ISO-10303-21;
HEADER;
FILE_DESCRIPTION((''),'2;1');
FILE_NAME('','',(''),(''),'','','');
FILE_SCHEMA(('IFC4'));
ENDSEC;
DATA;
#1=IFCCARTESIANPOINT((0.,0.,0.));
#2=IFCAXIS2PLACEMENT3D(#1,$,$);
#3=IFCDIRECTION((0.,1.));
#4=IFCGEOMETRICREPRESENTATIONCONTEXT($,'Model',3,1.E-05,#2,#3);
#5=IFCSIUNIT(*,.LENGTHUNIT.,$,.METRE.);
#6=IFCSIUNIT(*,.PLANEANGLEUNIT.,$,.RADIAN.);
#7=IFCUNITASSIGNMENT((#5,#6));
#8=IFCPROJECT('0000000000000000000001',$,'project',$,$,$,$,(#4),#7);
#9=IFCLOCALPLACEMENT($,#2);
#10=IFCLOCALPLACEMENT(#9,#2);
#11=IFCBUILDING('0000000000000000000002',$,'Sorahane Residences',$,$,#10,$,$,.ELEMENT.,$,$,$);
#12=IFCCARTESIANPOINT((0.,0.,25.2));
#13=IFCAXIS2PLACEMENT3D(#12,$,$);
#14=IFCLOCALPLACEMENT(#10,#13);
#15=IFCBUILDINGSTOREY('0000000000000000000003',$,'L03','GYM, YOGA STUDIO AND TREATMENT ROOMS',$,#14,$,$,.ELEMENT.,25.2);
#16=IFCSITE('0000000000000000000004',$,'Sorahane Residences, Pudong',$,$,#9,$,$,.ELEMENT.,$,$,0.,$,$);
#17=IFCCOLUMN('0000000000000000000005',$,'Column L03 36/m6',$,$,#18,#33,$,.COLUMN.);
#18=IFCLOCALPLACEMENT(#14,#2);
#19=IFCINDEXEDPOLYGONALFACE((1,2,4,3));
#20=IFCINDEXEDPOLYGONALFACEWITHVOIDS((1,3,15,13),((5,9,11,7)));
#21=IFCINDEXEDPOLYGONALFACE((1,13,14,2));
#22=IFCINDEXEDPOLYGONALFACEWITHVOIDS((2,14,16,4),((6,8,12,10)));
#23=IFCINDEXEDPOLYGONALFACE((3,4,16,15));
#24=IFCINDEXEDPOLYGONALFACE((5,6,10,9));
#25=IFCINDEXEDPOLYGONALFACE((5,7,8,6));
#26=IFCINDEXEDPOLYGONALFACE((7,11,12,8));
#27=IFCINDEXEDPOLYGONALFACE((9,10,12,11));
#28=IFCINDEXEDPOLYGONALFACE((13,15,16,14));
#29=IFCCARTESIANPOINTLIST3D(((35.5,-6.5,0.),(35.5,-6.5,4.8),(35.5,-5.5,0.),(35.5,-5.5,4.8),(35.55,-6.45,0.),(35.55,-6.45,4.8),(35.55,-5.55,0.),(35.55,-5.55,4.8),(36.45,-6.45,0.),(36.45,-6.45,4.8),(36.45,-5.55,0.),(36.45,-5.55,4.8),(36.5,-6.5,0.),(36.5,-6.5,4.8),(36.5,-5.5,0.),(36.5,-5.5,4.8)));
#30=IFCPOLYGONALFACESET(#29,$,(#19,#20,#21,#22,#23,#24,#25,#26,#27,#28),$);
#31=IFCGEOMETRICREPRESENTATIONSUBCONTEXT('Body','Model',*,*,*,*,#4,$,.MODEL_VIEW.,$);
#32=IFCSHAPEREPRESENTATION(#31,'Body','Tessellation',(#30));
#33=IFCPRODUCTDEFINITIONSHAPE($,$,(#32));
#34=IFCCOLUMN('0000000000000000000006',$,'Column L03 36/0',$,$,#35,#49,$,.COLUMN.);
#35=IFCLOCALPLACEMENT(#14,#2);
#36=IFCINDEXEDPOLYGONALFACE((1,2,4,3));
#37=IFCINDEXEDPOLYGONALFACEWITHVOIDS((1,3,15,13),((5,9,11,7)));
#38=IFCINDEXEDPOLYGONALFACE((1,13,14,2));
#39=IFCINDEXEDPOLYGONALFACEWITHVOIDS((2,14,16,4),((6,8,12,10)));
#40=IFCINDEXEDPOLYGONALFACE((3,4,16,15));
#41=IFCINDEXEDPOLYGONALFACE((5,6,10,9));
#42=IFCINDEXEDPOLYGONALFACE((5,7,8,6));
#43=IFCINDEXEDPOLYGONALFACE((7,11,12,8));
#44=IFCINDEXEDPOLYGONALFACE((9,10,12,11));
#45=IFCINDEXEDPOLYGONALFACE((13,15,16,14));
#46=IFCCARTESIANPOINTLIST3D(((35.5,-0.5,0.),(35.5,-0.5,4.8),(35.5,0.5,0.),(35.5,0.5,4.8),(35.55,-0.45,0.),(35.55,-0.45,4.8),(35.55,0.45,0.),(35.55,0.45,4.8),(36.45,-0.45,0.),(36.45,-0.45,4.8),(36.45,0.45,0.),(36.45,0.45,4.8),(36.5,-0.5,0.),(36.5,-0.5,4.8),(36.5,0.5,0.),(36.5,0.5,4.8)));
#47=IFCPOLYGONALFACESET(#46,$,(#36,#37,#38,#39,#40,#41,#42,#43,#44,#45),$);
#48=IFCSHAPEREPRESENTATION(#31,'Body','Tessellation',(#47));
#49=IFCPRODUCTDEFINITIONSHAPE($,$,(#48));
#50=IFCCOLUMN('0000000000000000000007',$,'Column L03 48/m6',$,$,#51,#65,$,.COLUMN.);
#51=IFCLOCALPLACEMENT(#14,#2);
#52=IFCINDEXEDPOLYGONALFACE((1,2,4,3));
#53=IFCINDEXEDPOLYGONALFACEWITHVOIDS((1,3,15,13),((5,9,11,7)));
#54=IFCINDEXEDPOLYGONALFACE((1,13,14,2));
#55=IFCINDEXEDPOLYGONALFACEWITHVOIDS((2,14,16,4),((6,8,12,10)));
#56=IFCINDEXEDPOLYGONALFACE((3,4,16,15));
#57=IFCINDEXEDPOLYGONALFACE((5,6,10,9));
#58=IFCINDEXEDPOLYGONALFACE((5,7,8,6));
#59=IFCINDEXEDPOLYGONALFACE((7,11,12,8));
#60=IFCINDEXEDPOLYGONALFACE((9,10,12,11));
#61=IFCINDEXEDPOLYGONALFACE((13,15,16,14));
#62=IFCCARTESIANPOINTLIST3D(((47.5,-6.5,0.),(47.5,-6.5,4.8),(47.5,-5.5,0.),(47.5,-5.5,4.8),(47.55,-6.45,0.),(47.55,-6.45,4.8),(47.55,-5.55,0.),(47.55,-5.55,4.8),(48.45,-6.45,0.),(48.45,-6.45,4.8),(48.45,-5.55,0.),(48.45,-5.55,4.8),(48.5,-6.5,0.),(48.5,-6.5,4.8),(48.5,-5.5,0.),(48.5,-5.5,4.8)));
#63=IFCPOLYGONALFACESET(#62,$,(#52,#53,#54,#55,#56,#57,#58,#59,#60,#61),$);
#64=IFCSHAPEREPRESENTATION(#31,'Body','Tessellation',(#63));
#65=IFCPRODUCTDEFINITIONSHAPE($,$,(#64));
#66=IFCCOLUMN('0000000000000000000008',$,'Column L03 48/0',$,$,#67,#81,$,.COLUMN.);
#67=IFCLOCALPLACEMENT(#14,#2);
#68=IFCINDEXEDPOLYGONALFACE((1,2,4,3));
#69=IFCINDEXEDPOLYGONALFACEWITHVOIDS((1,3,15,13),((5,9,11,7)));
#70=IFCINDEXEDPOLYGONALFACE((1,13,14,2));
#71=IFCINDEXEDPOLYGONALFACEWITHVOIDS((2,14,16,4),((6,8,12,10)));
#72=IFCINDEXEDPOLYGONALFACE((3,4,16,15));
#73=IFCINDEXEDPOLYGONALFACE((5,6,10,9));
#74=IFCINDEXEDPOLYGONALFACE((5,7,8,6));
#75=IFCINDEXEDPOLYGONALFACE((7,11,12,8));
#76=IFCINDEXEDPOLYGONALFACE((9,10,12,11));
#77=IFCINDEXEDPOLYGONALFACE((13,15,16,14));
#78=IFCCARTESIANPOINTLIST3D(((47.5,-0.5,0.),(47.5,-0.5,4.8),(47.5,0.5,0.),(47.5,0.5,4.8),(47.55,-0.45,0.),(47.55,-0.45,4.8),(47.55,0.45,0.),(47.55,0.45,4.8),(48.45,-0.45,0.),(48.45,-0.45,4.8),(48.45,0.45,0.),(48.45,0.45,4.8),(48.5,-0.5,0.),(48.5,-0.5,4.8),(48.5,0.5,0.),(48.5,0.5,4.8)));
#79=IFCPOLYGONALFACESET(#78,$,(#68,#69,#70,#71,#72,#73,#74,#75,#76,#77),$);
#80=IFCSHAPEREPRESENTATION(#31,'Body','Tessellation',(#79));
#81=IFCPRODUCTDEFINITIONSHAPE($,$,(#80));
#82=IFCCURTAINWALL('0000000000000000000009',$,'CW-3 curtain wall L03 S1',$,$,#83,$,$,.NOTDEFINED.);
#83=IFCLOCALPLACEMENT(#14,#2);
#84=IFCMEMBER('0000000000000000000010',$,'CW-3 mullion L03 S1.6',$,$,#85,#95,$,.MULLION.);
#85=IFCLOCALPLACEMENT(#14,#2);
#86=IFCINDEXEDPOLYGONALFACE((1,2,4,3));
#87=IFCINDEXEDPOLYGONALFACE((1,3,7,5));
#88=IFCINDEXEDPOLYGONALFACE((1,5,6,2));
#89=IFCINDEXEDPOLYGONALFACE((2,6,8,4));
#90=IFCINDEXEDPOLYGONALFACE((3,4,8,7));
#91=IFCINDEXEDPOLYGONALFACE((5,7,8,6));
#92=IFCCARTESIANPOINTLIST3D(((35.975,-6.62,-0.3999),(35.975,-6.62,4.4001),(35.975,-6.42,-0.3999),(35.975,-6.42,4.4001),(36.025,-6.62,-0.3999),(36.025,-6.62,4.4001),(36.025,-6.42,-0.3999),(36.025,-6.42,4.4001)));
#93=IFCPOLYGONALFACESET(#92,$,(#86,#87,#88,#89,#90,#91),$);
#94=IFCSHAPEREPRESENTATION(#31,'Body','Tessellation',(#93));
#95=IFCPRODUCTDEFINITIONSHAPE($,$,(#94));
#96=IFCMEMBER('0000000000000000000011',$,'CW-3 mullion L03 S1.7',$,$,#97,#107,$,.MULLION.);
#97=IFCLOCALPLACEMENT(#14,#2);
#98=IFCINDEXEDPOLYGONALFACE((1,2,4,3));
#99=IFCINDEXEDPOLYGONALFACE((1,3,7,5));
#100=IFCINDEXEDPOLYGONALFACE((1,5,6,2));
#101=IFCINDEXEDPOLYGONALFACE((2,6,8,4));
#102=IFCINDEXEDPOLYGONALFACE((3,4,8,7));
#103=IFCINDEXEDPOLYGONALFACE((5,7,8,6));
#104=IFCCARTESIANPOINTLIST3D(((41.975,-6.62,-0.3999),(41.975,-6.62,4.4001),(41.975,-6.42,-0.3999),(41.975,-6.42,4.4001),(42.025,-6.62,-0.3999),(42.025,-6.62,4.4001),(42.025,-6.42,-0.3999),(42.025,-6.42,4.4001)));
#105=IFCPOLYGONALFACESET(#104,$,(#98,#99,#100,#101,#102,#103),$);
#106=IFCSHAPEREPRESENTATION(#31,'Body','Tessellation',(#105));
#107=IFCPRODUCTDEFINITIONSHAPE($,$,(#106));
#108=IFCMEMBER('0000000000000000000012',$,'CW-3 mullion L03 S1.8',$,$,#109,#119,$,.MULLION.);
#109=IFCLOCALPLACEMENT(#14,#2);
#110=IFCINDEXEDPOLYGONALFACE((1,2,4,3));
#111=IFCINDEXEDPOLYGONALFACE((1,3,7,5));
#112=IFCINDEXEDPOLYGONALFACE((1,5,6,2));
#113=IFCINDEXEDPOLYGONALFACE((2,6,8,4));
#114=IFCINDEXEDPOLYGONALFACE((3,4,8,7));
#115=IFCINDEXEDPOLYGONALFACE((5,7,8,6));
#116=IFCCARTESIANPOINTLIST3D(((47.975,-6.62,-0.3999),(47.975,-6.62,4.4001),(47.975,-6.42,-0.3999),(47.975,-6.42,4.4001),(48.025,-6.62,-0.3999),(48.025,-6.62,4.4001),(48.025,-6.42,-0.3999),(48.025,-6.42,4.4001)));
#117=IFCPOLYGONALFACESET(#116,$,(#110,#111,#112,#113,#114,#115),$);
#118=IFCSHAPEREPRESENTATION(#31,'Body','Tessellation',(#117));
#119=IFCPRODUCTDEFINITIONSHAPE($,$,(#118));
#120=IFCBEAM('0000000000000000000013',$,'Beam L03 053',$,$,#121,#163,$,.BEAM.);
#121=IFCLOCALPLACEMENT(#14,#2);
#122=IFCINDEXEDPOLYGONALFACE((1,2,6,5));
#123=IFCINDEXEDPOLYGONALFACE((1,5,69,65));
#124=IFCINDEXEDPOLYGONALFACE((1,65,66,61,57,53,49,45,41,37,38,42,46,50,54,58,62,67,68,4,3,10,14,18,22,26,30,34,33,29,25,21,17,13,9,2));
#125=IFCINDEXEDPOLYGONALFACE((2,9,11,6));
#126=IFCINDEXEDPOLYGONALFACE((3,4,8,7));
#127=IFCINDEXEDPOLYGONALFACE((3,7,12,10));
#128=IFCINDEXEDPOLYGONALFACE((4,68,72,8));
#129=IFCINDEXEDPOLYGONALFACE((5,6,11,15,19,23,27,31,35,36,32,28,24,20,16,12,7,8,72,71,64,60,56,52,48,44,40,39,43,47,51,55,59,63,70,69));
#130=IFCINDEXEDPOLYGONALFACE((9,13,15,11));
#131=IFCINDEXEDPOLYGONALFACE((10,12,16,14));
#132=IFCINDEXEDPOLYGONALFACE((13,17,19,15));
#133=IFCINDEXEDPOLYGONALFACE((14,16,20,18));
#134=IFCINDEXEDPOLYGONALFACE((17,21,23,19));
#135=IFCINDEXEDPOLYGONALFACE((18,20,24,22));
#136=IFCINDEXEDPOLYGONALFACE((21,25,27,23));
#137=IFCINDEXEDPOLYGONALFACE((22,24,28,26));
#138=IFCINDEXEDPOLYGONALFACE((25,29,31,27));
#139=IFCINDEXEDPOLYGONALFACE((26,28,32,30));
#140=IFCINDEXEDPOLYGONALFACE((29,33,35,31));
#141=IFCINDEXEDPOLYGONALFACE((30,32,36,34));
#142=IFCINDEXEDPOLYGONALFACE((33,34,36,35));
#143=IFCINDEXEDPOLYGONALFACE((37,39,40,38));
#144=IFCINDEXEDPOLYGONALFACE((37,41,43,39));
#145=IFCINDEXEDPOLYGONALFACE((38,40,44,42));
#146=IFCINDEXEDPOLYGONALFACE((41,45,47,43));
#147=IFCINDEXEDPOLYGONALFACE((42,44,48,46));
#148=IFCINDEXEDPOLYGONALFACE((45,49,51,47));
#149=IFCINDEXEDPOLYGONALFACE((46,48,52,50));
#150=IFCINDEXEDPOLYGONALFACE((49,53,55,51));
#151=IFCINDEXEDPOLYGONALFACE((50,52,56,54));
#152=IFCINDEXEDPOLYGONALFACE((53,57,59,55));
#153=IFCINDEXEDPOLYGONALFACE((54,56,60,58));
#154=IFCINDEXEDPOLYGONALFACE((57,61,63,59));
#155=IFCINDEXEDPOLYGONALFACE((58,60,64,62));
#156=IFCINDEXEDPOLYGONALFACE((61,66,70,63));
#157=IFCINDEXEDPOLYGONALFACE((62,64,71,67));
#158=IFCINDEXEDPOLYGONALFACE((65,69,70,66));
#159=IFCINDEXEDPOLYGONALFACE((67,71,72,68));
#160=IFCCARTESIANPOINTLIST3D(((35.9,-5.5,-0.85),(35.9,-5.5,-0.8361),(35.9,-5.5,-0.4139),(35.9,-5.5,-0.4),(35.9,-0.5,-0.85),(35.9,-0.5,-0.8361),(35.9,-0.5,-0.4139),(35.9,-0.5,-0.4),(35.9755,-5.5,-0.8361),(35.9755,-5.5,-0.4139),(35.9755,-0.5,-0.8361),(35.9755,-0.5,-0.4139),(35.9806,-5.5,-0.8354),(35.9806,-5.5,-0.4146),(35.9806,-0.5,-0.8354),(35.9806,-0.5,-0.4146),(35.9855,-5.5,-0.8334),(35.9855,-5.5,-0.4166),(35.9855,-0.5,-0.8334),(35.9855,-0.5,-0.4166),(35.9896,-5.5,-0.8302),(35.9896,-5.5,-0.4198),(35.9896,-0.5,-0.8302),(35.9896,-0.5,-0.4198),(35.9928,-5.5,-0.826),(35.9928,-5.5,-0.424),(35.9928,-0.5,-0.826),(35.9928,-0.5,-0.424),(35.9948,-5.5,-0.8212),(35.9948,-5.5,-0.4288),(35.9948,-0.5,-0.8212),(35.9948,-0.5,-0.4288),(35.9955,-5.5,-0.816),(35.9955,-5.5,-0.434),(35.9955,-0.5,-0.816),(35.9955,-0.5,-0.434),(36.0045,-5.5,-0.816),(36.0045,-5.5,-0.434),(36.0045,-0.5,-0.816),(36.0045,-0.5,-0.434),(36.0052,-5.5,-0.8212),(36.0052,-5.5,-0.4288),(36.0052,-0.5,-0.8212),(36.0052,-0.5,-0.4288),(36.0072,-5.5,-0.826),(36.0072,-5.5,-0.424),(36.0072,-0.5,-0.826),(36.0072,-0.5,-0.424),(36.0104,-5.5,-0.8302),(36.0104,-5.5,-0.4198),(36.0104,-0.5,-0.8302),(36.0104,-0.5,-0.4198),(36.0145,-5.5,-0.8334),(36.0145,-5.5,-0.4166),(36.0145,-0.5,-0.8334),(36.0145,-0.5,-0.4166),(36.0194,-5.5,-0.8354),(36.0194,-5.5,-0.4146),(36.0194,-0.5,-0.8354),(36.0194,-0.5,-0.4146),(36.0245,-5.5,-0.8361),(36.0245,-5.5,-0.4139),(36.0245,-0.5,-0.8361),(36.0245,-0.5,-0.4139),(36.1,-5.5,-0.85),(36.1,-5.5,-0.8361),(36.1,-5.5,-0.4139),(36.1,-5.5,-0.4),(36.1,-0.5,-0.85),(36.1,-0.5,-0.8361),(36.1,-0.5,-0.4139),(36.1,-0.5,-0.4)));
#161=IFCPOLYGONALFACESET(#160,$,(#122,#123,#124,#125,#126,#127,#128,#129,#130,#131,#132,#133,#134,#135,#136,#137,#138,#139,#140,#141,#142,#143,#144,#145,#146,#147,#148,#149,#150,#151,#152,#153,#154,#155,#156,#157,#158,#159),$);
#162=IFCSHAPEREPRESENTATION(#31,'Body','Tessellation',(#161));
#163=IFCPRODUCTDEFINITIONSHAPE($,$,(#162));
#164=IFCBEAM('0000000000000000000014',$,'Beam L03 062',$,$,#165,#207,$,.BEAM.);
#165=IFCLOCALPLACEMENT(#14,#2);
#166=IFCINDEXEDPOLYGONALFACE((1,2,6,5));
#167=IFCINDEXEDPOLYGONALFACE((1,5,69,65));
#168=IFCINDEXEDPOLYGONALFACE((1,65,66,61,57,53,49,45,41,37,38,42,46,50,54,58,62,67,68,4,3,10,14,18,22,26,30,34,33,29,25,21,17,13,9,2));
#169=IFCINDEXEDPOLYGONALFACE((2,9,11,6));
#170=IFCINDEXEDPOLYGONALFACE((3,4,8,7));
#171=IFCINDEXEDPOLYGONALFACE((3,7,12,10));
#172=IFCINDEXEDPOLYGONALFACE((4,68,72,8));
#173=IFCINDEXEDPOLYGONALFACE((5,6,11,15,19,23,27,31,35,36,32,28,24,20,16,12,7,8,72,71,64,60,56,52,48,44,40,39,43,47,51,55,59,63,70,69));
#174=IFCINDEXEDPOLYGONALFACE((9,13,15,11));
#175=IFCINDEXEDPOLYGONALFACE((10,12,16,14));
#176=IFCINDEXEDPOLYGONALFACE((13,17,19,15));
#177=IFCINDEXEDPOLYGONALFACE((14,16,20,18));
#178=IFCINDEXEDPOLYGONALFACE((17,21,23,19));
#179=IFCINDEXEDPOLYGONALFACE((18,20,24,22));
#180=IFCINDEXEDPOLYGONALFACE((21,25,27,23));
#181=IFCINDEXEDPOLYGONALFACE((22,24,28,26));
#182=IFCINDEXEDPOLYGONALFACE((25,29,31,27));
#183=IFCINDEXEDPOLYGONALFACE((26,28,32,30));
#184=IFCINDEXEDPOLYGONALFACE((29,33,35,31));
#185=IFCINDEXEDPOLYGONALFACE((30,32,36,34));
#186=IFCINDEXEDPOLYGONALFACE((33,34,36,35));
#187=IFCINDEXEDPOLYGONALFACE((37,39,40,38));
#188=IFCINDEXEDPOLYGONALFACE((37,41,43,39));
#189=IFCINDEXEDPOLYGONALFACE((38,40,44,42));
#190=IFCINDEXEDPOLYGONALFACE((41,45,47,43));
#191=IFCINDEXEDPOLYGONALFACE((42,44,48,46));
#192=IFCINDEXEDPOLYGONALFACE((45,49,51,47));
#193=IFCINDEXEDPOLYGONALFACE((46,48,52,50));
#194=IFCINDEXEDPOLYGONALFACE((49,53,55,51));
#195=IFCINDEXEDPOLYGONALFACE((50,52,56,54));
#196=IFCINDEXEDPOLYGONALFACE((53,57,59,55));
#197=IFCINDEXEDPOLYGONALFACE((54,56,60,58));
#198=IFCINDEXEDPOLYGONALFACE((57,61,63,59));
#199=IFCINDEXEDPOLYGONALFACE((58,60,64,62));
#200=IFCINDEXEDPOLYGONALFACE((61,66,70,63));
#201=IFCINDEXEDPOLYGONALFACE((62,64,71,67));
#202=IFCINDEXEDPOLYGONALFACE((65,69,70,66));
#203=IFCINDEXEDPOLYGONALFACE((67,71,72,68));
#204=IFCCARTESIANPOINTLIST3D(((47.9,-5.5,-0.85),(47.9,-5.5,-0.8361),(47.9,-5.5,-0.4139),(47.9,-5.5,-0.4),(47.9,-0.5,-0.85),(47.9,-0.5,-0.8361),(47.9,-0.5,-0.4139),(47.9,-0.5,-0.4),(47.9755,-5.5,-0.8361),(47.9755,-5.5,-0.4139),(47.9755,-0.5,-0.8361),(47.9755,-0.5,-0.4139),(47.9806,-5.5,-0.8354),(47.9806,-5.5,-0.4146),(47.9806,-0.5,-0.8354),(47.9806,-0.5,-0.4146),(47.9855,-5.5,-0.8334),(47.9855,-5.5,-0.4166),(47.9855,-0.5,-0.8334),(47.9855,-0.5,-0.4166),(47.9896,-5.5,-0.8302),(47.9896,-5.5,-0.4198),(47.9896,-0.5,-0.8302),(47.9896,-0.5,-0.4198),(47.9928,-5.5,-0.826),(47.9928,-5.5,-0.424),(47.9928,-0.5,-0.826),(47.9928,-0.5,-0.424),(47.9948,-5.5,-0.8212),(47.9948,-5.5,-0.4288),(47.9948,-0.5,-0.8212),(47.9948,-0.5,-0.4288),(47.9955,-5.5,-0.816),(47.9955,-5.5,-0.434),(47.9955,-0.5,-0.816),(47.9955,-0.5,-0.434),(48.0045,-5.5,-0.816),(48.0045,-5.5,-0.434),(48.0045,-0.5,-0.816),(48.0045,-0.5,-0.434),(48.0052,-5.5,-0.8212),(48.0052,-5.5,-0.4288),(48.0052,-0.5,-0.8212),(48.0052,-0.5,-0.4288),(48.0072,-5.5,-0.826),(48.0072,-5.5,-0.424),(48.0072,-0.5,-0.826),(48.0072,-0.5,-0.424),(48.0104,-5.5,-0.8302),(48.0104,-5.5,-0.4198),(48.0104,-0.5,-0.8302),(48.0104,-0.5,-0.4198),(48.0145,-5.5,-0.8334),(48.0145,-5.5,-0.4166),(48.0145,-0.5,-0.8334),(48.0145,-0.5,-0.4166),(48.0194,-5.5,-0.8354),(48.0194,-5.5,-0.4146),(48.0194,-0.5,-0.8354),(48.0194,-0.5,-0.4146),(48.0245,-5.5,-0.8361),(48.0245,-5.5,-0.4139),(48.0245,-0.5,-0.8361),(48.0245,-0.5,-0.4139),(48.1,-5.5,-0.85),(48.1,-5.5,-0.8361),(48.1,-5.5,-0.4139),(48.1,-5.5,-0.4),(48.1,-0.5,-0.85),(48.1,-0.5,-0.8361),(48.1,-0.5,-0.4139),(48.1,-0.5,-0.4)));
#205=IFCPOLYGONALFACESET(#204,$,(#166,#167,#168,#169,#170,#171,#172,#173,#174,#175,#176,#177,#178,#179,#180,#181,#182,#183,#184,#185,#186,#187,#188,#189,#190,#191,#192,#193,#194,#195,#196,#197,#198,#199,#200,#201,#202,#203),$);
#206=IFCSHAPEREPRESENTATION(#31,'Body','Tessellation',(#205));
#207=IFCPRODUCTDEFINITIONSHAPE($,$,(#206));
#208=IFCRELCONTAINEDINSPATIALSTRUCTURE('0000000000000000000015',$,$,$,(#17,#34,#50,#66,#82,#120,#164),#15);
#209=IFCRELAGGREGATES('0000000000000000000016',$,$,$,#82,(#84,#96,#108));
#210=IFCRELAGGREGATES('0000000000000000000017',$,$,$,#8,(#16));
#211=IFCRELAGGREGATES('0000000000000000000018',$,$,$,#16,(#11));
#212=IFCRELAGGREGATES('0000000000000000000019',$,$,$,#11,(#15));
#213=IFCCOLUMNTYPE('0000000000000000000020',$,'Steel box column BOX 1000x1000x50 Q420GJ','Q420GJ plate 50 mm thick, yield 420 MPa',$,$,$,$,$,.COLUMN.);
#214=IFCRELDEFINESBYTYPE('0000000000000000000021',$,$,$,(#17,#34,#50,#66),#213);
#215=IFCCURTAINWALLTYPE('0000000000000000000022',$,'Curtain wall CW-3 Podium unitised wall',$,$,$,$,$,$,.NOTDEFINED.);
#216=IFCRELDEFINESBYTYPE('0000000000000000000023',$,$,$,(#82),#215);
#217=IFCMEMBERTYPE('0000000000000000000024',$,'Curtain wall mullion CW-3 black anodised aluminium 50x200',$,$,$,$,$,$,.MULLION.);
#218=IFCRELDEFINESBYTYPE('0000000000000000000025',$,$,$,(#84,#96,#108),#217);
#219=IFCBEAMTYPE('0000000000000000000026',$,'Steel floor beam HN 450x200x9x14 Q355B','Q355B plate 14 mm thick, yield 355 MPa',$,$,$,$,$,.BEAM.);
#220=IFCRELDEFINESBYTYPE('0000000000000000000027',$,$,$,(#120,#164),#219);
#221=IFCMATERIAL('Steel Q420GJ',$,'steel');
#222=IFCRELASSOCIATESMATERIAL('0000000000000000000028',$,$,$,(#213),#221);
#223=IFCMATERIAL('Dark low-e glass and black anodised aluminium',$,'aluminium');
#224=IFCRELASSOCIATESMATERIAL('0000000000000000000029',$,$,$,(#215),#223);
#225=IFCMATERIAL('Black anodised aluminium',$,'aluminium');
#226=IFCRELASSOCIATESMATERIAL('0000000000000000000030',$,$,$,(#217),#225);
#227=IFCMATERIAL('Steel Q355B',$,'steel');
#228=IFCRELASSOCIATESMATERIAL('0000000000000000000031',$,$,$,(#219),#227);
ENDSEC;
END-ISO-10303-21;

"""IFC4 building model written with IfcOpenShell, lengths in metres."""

from ifc_helpers import new_model, si_unit, direction, frame, origin, origin_2d, place, context, subcontext, project, spatial, rectangle, hollow_rectangle, i_section, extrude, material, material_profile, profile_set, type_object, element, aggregate, save


model = new_model("IFC4")

# Units and contexts
model_context = context("Model", 3, precision=1e-05, world=origin(), true_north=direction((0.0, 1.0)))
body_context = subcontext(model_context, "Body", "Model", "MODEL_VIEW")
ifc_project = project(units=[si_unit("LENGTHUNIT", "METRE"), si_unit("PLANEANGLEUNIT", "RADIAN")], contexts=[model_context])

# Site, building, storey
site_placement = place(None, origin())
site = spatial("IfcSite", under=ifc_project, at=site_placement, Name="Sorahane Residences, Pudong", CompositionType="ELEMENT", RefElevation=0.0)
building_placement = place(site_placement, origin())
building = spatial("IfcBuilding", under=site, at=building_placement, Name="Sorahane Residences", CompositionType="ELEMENT")
storey_placement = place(building_placement, frame((0.0, 0.0, 25.2)))
storey = spatial("IfcBuildingStorey", under=building, at=storey_placement, Name="L03", Description="GYM, YOGA STUDIO AND TREATMENT ROOMS", CompositionType="ELEMENT", Elevation=25.2)

# Columns
ifc_material_1 = material(Name="Steel Q420GJ", Category="steel")
ifc_material_profile_1 = material_profile(ifc_material_1, hollow_rectangle(XDim=1.0, YDim=1.0, WallThickness=0.05, at=origin_2d()), Name="BOX 1000x1000x50")
ifc_profile_set_1 = profile_set([ifc_material_profile_1], Name="Steel Q420GJ")
column_type = type_object("IfcColumnType", Name="Steel box column BOX 1000x1000x50 Q420GJ", Description="Q420GJ plate 50 mm thick, yield 420 MPa", PredefinedType="COLUMN", material=ifc_profile_set_1)
for number, where, z_axis, x_axis, name in (
    (1, (36.0, -6.0, 0.0), (0.0, 0.0, 1.0), (1.0, 0.0, 0.0), "Column L03 36/m6"),
    (2, (36.0, 0.0, 0.0), (0.0, 0.0, 1.0), (1.0, 0.0, 0.0), "Column L03 36/0"),
    (3, (48.0, -6.0, 0.0), (0.0, 0.0, 1.0), (1.0, 0.0, 0.0), "Column L03 48/m6"),
    (4, (48.0, 0.0, 0.0), (0.0, 0.0, 1.0), (1.0, 0.0, 0.0), "Column L03 48/0"),
):
    element("IfcColumn", number, at=place(storey_placement, frame(where, z_axis=z_axis, x_axis=x_axis)), inside=storey, type_object=column_type, Name=name, PredefinedType="COLUMN", context=body_context, shape_type="SweptSolid", body=[
        extrude(hollow_rectangle(XDim=1.0, YDim=1.0, WallThickness=0.05, at=origin_2d()), origin(), (0.0, 0.0, 1.0), 4.8),
    ])

# Curtain wall, members
ifc_material_2 = material(Name="Dark low-e glass and black anodised aluminium", Category="aluminium")
curtain_wall_type = type_object("IfcCurtainWallType", Name="Curtain wall CW-3 Podium unitised wall", PredefinedType="NOTDEFINED", material=ifc_material_2)
curtain_wall_placement = place(storey_placement, origin())
curtain_wall = element("IfcCurtainWall", 5, at=curtain_wall_placement, inside=storey, type_object=curtain_wall_type, Name="CW-3 curtain wall L03 S1", PredefinedType="NOTDEFINED")
ifc_material_3 = material(Name="Black anodised aluminium", Category="aluminium")
ifc_material_profile_2 = material_profile(ifc_material_3, rectangle(XDim=0.2, YDim=0.05, at=origin_2d()), Name="Curtain wall mullion CW-3 black anodised aluminium 50x200")
ifc_profile_set_2 = profile_set([ifc_material_profile_2], Name="Black anodised aluminium")
member_type = type_object("IfcMemberType", Name="Curtain wall mullion CW-3 black anodised aluminium 50x200", PredefinedType="MULLION", material=ifc_profile_set_2)
member_1_placement = place(storey_placement, frame((36.0, -6.52, -0.3999), z_axis=(0.0, 0.0, 1.0), x_axis=(0.0, -1.0, 0.0)))
member_1 = element("IfcMember", 6, at=member_1_placement, type_object=member_type, Name="CW-3 mullion L03 S1.6", PredefinedType="MULLION", context=body_context, shape_type="SweptSolid", body=[
    extrude(rectangle(XDim=0.2, YDim=0.05, at=origin_2d()), origin(), (0.0, 0.0, 1.0), 4.8),
])
member_2_placement = place(storey_placement, frame((42.0, -6.52, -0.3999), z_axis=(0.0, 0.0, 1.0), x_axis=(0.0, -1.0, 0.0)))
member_2 = element("IfcMember", 7, at=member_2_placement, type_object=member_type, Name="CW-3 mullion L03 S1.7", PredefinedType="MULLION", context=body_context, shape_type="SweptSolid", body=[
    extrude(rectangle(XDim=0.2, YDim=0.05, at=origin_2d()), origin(), (0.0, 0.0, 1.0), 4.8),
])
member_3_placement = place(storey_placement, frame((48.0, -6.52, -0.3999), z_axis=(0.0, 0.0, 1.0), x_axis=(0.0, -1.0, 0.0)))
member_3 = element("IfcMember", 8, at=member_3_placement, type_object=member_type, Name="CW-3 mullion L03 S1.8", PredefinedType="MULLION", context=body_context, shape_type="SweptSolid", body=[
    extrude(rectangle(XDim=0.2, YDim=0.05, at=origin_2d()), origin(), (0.0, 0.0, 1.0), 4.8),
])

# Beams
ifc_material_4 = material(Name="Steel Q355B", Category="steel")
ifc_material_profile_3 = material_profile(ifc_material_4, i_section(OverallWidth=0.2, OverallDepth=0.45, WebThickness=0.009, FlangeThickness=0.0139, FilletRadius=0.02, at=origin_2d()), Name="HN 450x200x9x14")
ifc_profile_set_3 = profile_set([ifc_material_profile_3], Name="Steel Q355B")
beam_type_1 = type_object("IfcBeamType", Name="Steel floor beam HN 450x200x9x14 Q355B", Description="Q355B plate 14 mm thick, yield 355 MPa", PredefinedType="BEAM", material=ifc_profile_set_3)
for number, where, z_axis, x_axis, name in (
    (9, (36.0, -5.5, -0.625), (0.0, 1.0, 0.0), (-1.0, 0.0, 0.0), "Beam L03 053"),
    (10, (48.0, -5.5, -0.625), (0.0, 1.0, 0.0), (-1.0, 0.0, 0.0), "Beam L03 062"),
):
    element("IfcBeam", number, at=place(storey_placement, frame(where, z_axis=z_axis, x_axis=x_axis)), inside=storey, type_object=beam_type_1, Name=name, PredefinedType="BEAM", context=body_context, shape_type="SweptSolid", body=[
        extrude(i_section(OverallWidth=0.2, OverallDepth=0.45, WebThickness=0.009, FlangeThickness=0.0139, FilletRadius=0.02, at=origin_2d()), origin(), (0.0, 0.0, 1.0), 5.0),
    ])

aggregate(curtain_wall, [member_1, member_2, member_3])

save(model, "model.ifc")
